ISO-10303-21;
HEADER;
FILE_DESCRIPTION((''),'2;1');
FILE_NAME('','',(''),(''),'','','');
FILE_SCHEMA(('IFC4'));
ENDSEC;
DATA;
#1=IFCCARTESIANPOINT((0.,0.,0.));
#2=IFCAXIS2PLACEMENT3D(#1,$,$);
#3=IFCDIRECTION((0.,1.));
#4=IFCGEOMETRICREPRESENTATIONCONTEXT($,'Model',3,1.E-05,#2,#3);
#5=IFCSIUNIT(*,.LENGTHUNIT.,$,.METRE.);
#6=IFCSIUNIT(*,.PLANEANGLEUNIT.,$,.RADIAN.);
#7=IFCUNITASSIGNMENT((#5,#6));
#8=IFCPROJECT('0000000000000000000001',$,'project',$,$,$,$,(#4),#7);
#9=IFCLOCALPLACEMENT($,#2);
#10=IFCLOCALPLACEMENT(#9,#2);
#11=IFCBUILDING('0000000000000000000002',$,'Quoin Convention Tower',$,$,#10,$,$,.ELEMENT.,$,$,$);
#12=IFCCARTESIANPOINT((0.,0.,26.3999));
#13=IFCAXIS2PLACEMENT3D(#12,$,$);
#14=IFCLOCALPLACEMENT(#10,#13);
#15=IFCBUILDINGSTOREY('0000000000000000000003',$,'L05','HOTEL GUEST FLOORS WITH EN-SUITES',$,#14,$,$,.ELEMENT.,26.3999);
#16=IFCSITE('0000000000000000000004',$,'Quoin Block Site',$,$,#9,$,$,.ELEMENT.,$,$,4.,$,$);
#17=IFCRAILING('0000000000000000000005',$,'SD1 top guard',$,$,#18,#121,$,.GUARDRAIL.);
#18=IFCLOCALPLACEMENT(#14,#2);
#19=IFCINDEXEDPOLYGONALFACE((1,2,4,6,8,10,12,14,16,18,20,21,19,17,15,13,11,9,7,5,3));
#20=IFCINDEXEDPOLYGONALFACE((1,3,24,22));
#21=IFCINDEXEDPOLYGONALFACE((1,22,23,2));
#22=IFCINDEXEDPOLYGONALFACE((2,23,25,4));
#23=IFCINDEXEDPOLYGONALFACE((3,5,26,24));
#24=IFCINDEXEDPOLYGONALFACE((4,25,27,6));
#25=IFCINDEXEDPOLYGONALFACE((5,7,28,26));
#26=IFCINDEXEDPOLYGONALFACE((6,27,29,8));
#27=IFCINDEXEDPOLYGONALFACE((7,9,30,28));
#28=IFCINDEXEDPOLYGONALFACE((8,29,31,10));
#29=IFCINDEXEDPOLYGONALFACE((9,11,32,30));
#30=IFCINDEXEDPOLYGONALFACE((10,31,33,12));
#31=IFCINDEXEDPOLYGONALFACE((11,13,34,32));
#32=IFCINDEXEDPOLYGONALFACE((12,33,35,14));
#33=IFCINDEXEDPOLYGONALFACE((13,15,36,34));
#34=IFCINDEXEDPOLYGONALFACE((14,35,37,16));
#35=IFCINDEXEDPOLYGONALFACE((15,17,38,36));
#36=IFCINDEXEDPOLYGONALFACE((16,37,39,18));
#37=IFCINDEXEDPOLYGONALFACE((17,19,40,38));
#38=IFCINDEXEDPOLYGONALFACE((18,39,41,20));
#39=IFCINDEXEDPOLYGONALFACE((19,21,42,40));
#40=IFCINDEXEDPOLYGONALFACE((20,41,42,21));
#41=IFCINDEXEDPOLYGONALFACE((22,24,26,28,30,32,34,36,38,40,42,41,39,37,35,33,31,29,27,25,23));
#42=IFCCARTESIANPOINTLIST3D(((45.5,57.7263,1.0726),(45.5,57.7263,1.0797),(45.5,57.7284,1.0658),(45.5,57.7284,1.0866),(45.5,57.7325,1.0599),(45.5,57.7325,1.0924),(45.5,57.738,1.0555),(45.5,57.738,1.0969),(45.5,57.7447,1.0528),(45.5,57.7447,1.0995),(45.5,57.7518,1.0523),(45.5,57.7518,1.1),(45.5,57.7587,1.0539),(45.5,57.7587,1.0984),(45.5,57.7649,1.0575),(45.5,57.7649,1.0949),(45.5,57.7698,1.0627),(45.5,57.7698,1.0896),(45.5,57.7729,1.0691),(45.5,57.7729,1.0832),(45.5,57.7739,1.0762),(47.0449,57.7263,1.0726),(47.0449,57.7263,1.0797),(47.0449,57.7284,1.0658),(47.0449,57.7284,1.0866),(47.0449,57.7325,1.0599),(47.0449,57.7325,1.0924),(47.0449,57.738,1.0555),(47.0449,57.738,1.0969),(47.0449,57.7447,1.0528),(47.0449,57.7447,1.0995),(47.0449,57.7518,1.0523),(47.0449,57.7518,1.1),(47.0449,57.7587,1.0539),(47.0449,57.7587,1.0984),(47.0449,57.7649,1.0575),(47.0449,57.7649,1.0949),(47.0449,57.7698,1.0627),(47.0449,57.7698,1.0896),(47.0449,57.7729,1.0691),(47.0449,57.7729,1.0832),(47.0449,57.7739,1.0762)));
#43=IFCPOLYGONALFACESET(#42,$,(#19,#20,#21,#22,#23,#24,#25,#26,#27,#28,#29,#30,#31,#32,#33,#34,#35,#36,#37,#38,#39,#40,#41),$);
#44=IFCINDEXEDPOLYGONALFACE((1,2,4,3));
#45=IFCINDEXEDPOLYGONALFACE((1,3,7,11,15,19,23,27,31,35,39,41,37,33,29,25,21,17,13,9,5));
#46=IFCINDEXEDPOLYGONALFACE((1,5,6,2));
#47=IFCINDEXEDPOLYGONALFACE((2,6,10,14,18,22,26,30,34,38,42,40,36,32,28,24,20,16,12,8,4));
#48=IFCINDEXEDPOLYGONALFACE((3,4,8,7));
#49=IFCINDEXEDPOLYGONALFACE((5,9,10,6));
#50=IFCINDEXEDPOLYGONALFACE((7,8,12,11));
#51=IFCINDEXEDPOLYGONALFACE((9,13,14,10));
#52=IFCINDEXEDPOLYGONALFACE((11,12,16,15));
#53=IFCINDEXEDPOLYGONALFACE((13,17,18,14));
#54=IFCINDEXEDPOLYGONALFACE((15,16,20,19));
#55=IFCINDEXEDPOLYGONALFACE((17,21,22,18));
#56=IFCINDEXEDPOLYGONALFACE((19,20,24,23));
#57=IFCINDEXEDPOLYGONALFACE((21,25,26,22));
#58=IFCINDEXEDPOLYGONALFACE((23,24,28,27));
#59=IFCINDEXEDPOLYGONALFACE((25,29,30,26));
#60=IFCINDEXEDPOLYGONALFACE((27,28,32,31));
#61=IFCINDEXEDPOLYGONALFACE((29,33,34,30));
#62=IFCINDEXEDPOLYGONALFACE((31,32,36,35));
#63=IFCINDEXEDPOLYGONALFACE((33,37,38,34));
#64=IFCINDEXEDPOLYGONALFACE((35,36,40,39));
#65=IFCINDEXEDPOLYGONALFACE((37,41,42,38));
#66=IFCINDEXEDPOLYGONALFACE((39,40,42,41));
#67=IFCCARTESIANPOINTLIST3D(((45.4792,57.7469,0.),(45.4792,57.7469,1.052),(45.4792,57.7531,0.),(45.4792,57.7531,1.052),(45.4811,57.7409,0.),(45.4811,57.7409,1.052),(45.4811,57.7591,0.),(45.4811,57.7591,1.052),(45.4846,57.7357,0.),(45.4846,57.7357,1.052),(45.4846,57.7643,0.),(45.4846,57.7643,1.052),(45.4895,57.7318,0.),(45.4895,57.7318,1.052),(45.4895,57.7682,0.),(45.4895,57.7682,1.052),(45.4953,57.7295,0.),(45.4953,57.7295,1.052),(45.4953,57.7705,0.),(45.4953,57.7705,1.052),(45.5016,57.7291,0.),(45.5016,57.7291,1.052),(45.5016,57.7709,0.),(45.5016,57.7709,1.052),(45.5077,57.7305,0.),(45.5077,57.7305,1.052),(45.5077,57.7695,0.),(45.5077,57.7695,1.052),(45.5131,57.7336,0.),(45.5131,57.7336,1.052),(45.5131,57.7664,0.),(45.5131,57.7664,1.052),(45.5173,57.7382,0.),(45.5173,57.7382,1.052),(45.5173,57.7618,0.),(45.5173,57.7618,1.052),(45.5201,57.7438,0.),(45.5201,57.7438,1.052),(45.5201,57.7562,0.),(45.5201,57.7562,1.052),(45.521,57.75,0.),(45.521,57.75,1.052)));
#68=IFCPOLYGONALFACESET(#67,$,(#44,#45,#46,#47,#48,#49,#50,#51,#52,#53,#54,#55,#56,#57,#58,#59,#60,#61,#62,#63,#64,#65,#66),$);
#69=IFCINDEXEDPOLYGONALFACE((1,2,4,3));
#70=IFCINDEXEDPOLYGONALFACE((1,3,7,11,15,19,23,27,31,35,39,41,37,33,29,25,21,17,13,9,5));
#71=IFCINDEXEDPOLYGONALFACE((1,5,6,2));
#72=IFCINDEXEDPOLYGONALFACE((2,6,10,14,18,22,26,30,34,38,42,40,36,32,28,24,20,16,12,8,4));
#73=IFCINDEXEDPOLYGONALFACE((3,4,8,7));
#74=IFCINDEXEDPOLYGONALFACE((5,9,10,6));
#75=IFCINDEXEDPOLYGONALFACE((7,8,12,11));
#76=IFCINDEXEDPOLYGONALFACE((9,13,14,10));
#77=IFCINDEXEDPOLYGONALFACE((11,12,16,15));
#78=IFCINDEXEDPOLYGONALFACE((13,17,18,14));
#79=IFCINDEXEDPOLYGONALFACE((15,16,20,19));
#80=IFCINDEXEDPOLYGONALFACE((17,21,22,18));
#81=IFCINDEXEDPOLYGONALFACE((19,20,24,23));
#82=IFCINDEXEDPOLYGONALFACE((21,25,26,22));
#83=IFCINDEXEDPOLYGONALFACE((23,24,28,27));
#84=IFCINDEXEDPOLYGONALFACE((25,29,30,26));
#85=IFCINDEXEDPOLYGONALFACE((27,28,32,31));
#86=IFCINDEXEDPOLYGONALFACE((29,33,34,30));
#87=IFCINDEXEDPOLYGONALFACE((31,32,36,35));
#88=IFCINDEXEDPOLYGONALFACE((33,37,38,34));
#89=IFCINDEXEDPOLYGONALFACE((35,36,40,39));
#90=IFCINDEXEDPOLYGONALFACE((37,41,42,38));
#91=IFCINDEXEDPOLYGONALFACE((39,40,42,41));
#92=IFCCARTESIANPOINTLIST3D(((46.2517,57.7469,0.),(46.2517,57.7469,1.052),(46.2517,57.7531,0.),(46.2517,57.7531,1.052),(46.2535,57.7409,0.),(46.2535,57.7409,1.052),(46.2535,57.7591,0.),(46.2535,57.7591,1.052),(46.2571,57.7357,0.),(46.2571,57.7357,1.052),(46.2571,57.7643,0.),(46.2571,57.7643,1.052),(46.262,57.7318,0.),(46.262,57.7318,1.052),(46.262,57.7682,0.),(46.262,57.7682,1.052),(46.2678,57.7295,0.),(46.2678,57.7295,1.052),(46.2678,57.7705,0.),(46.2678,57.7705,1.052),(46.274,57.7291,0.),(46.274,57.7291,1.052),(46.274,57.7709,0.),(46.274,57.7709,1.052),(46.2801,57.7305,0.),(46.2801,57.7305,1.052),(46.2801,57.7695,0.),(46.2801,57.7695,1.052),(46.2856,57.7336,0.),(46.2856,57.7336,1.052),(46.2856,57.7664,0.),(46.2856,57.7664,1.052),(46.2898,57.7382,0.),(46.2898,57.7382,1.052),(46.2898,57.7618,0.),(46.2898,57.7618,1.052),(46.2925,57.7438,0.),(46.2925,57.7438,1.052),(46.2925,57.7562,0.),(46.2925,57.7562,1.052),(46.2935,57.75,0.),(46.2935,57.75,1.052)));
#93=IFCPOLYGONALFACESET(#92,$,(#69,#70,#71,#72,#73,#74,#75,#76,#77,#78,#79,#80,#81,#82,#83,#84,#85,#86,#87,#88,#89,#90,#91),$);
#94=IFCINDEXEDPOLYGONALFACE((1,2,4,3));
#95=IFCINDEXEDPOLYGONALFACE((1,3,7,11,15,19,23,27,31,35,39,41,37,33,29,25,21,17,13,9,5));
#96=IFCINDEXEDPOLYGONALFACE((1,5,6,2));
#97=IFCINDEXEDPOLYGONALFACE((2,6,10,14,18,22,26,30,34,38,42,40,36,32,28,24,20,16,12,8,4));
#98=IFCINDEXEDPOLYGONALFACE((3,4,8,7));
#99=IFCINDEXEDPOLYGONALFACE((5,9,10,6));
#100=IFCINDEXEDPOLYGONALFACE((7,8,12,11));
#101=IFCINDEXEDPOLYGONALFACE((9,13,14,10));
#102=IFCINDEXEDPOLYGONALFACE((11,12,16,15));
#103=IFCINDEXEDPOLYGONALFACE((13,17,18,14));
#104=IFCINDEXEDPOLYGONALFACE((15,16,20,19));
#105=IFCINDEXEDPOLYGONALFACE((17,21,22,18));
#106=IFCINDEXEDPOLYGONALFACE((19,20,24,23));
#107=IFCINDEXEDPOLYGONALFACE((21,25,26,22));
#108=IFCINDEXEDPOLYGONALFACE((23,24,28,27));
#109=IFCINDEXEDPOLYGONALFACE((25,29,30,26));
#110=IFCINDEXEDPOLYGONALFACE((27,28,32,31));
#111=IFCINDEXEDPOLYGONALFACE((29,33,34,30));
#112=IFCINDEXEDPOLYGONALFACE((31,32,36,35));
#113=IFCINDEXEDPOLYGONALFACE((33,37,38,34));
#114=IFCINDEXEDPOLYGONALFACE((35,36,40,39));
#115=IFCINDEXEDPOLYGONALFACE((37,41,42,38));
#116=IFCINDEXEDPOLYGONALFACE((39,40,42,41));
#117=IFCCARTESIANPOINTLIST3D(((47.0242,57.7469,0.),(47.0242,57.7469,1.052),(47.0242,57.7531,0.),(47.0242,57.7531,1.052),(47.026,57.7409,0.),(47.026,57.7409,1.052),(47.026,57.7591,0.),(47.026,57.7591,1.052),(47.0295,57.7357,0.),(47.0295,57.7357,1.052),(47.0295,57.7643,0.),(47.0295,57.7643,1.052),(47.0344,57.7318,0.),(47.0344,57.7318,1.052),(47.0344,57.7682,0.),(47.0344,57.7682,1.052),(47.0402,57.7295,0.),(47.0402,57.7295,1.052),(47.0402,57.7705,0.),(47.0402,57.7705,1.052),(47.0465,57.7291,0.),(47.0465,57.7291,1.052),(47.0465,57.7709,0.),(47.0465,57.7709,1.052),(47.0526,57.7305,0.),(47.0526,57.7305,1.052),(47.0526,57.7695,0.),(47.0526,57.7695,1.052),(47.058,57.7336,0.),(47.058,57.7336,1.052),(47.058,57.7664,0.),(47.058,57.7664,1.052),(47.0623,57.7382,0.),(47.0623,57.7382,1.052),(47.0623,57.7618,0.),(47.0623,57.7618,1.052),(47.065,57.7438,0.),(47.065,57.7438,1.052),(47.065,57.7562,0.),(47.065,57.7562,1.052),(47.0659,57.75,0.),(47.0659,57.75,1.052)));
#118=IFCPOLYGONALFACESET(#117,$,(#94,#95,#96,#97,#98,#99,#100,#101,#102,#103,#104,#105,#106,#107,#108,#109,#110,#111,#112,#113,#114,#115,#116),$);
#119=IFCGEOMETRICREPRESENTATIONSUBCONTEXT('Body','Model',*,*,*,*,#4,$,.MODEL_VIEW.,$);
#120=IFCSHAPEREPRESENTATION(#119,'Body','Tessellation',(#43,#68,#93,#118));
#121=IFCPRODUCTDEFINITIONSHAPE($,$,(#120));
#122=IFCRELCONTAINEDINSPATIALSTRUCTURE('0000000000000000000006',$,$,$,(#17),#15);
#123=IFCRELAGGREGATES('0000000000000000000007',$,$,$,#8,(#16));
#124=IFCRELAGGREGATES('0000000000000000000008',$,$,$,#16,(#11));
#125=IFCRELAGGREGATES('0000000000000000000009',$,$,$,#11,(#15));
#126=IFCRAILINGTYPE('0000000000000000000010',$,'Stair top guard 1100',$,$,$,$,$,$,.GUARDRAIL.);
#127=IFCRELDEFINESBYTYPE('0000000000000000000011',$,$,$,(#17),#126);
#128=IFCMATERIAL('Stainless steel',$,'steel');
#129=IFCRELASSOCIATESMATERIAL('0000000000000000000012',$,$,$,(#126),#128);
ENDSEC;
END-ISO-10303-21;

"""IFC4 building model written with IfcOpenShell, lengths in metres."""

from ifc_helpers import new_model, si_unit, direction, frame, origin, origin_2d, place, context, subcontext, project, spatial, circle, extrude, material, type_object, element, save


model = new_model("IFC4")

# Units and contexts
model_context = context("Model", 3, precision=1e-05, world=origin(), true_north=direction((0.0, 1.0)))
body_context = subcontext(model_context, "Body", "Model", "MODEL_VIEW")
ifc_project = project(units=[si_unit("LENGTHUNIT", "METRE"), si_unit("PLANEANGLEUNIT", "RADIAN")], contexts=[model_context])

# Site, building, storey
site_placement = place(None, origin())
site = spatial("IfcSite", under=ifc_project, at=site_placement, Name="Quoin Block Site", CompositionType="ELEMENT", RefElevation=4.0)
building_placement = place(site_placement, origin())
building = spatial("IfcBuilding", under=site, at=building_placement, Name="Quoin Convention Tower", CompositionType="ELEMENT")
storey_placement = place(building_placement, frame((0.0, 0.0, 26.3999)))
storey = spatial("IfcBuildingStorey", under=building, at=storey_placement, Name="L05", Description="HOTEL GUEST FLOORS WITH EN-SUITES", CompositionType="ELEMENT", Elevation=26.3999)

# Railing
ifc_material_1 = material(Name="Stainless steel", Category="steel")
railing_type = type_object("IfcRailingType", Name="Stair top guard 1100", PredefinedType="GUARDRAIL", material=ifc_material_1)
railing_placement = place(storey_placement, frame((45.5, 57.75, 0.0)))
element("IfcRailing", 1, at=railing_placement, inside=storey, type_object=railing_type, Name="SD1 top guard", PredefinedType="GUARDRAIL", context=body_context, shape_type="SweptSolid", body=[
    extrude(circle(Radius=0.0239, at=origin_2d()), frame((0.0, 0.0, 1.0762), z_axis=(1.0, 0.0, 0.0), x_axis=(0.0, 1.0, 0.0)), (0.0, 0.0, 1.0), 1.5449),
    extrude(circle(Radius=0.021, at=origin_2d()), origin(), (0.0, 0.0, 1.0), 1.052),
    extrude(circle(Radius=0.021, at=origin_2d()), frame((0.7725, 0.0, 0.0)), (0.0, 0.0, 1.0), 1.052),
    extrude(circle(Radius=0.021, at=origin_2d()), frame((1.5449, 0.0, 0.0)), (0.0, 0.0, 1.0), 1.052),
])

save(model, "model.ifc")
